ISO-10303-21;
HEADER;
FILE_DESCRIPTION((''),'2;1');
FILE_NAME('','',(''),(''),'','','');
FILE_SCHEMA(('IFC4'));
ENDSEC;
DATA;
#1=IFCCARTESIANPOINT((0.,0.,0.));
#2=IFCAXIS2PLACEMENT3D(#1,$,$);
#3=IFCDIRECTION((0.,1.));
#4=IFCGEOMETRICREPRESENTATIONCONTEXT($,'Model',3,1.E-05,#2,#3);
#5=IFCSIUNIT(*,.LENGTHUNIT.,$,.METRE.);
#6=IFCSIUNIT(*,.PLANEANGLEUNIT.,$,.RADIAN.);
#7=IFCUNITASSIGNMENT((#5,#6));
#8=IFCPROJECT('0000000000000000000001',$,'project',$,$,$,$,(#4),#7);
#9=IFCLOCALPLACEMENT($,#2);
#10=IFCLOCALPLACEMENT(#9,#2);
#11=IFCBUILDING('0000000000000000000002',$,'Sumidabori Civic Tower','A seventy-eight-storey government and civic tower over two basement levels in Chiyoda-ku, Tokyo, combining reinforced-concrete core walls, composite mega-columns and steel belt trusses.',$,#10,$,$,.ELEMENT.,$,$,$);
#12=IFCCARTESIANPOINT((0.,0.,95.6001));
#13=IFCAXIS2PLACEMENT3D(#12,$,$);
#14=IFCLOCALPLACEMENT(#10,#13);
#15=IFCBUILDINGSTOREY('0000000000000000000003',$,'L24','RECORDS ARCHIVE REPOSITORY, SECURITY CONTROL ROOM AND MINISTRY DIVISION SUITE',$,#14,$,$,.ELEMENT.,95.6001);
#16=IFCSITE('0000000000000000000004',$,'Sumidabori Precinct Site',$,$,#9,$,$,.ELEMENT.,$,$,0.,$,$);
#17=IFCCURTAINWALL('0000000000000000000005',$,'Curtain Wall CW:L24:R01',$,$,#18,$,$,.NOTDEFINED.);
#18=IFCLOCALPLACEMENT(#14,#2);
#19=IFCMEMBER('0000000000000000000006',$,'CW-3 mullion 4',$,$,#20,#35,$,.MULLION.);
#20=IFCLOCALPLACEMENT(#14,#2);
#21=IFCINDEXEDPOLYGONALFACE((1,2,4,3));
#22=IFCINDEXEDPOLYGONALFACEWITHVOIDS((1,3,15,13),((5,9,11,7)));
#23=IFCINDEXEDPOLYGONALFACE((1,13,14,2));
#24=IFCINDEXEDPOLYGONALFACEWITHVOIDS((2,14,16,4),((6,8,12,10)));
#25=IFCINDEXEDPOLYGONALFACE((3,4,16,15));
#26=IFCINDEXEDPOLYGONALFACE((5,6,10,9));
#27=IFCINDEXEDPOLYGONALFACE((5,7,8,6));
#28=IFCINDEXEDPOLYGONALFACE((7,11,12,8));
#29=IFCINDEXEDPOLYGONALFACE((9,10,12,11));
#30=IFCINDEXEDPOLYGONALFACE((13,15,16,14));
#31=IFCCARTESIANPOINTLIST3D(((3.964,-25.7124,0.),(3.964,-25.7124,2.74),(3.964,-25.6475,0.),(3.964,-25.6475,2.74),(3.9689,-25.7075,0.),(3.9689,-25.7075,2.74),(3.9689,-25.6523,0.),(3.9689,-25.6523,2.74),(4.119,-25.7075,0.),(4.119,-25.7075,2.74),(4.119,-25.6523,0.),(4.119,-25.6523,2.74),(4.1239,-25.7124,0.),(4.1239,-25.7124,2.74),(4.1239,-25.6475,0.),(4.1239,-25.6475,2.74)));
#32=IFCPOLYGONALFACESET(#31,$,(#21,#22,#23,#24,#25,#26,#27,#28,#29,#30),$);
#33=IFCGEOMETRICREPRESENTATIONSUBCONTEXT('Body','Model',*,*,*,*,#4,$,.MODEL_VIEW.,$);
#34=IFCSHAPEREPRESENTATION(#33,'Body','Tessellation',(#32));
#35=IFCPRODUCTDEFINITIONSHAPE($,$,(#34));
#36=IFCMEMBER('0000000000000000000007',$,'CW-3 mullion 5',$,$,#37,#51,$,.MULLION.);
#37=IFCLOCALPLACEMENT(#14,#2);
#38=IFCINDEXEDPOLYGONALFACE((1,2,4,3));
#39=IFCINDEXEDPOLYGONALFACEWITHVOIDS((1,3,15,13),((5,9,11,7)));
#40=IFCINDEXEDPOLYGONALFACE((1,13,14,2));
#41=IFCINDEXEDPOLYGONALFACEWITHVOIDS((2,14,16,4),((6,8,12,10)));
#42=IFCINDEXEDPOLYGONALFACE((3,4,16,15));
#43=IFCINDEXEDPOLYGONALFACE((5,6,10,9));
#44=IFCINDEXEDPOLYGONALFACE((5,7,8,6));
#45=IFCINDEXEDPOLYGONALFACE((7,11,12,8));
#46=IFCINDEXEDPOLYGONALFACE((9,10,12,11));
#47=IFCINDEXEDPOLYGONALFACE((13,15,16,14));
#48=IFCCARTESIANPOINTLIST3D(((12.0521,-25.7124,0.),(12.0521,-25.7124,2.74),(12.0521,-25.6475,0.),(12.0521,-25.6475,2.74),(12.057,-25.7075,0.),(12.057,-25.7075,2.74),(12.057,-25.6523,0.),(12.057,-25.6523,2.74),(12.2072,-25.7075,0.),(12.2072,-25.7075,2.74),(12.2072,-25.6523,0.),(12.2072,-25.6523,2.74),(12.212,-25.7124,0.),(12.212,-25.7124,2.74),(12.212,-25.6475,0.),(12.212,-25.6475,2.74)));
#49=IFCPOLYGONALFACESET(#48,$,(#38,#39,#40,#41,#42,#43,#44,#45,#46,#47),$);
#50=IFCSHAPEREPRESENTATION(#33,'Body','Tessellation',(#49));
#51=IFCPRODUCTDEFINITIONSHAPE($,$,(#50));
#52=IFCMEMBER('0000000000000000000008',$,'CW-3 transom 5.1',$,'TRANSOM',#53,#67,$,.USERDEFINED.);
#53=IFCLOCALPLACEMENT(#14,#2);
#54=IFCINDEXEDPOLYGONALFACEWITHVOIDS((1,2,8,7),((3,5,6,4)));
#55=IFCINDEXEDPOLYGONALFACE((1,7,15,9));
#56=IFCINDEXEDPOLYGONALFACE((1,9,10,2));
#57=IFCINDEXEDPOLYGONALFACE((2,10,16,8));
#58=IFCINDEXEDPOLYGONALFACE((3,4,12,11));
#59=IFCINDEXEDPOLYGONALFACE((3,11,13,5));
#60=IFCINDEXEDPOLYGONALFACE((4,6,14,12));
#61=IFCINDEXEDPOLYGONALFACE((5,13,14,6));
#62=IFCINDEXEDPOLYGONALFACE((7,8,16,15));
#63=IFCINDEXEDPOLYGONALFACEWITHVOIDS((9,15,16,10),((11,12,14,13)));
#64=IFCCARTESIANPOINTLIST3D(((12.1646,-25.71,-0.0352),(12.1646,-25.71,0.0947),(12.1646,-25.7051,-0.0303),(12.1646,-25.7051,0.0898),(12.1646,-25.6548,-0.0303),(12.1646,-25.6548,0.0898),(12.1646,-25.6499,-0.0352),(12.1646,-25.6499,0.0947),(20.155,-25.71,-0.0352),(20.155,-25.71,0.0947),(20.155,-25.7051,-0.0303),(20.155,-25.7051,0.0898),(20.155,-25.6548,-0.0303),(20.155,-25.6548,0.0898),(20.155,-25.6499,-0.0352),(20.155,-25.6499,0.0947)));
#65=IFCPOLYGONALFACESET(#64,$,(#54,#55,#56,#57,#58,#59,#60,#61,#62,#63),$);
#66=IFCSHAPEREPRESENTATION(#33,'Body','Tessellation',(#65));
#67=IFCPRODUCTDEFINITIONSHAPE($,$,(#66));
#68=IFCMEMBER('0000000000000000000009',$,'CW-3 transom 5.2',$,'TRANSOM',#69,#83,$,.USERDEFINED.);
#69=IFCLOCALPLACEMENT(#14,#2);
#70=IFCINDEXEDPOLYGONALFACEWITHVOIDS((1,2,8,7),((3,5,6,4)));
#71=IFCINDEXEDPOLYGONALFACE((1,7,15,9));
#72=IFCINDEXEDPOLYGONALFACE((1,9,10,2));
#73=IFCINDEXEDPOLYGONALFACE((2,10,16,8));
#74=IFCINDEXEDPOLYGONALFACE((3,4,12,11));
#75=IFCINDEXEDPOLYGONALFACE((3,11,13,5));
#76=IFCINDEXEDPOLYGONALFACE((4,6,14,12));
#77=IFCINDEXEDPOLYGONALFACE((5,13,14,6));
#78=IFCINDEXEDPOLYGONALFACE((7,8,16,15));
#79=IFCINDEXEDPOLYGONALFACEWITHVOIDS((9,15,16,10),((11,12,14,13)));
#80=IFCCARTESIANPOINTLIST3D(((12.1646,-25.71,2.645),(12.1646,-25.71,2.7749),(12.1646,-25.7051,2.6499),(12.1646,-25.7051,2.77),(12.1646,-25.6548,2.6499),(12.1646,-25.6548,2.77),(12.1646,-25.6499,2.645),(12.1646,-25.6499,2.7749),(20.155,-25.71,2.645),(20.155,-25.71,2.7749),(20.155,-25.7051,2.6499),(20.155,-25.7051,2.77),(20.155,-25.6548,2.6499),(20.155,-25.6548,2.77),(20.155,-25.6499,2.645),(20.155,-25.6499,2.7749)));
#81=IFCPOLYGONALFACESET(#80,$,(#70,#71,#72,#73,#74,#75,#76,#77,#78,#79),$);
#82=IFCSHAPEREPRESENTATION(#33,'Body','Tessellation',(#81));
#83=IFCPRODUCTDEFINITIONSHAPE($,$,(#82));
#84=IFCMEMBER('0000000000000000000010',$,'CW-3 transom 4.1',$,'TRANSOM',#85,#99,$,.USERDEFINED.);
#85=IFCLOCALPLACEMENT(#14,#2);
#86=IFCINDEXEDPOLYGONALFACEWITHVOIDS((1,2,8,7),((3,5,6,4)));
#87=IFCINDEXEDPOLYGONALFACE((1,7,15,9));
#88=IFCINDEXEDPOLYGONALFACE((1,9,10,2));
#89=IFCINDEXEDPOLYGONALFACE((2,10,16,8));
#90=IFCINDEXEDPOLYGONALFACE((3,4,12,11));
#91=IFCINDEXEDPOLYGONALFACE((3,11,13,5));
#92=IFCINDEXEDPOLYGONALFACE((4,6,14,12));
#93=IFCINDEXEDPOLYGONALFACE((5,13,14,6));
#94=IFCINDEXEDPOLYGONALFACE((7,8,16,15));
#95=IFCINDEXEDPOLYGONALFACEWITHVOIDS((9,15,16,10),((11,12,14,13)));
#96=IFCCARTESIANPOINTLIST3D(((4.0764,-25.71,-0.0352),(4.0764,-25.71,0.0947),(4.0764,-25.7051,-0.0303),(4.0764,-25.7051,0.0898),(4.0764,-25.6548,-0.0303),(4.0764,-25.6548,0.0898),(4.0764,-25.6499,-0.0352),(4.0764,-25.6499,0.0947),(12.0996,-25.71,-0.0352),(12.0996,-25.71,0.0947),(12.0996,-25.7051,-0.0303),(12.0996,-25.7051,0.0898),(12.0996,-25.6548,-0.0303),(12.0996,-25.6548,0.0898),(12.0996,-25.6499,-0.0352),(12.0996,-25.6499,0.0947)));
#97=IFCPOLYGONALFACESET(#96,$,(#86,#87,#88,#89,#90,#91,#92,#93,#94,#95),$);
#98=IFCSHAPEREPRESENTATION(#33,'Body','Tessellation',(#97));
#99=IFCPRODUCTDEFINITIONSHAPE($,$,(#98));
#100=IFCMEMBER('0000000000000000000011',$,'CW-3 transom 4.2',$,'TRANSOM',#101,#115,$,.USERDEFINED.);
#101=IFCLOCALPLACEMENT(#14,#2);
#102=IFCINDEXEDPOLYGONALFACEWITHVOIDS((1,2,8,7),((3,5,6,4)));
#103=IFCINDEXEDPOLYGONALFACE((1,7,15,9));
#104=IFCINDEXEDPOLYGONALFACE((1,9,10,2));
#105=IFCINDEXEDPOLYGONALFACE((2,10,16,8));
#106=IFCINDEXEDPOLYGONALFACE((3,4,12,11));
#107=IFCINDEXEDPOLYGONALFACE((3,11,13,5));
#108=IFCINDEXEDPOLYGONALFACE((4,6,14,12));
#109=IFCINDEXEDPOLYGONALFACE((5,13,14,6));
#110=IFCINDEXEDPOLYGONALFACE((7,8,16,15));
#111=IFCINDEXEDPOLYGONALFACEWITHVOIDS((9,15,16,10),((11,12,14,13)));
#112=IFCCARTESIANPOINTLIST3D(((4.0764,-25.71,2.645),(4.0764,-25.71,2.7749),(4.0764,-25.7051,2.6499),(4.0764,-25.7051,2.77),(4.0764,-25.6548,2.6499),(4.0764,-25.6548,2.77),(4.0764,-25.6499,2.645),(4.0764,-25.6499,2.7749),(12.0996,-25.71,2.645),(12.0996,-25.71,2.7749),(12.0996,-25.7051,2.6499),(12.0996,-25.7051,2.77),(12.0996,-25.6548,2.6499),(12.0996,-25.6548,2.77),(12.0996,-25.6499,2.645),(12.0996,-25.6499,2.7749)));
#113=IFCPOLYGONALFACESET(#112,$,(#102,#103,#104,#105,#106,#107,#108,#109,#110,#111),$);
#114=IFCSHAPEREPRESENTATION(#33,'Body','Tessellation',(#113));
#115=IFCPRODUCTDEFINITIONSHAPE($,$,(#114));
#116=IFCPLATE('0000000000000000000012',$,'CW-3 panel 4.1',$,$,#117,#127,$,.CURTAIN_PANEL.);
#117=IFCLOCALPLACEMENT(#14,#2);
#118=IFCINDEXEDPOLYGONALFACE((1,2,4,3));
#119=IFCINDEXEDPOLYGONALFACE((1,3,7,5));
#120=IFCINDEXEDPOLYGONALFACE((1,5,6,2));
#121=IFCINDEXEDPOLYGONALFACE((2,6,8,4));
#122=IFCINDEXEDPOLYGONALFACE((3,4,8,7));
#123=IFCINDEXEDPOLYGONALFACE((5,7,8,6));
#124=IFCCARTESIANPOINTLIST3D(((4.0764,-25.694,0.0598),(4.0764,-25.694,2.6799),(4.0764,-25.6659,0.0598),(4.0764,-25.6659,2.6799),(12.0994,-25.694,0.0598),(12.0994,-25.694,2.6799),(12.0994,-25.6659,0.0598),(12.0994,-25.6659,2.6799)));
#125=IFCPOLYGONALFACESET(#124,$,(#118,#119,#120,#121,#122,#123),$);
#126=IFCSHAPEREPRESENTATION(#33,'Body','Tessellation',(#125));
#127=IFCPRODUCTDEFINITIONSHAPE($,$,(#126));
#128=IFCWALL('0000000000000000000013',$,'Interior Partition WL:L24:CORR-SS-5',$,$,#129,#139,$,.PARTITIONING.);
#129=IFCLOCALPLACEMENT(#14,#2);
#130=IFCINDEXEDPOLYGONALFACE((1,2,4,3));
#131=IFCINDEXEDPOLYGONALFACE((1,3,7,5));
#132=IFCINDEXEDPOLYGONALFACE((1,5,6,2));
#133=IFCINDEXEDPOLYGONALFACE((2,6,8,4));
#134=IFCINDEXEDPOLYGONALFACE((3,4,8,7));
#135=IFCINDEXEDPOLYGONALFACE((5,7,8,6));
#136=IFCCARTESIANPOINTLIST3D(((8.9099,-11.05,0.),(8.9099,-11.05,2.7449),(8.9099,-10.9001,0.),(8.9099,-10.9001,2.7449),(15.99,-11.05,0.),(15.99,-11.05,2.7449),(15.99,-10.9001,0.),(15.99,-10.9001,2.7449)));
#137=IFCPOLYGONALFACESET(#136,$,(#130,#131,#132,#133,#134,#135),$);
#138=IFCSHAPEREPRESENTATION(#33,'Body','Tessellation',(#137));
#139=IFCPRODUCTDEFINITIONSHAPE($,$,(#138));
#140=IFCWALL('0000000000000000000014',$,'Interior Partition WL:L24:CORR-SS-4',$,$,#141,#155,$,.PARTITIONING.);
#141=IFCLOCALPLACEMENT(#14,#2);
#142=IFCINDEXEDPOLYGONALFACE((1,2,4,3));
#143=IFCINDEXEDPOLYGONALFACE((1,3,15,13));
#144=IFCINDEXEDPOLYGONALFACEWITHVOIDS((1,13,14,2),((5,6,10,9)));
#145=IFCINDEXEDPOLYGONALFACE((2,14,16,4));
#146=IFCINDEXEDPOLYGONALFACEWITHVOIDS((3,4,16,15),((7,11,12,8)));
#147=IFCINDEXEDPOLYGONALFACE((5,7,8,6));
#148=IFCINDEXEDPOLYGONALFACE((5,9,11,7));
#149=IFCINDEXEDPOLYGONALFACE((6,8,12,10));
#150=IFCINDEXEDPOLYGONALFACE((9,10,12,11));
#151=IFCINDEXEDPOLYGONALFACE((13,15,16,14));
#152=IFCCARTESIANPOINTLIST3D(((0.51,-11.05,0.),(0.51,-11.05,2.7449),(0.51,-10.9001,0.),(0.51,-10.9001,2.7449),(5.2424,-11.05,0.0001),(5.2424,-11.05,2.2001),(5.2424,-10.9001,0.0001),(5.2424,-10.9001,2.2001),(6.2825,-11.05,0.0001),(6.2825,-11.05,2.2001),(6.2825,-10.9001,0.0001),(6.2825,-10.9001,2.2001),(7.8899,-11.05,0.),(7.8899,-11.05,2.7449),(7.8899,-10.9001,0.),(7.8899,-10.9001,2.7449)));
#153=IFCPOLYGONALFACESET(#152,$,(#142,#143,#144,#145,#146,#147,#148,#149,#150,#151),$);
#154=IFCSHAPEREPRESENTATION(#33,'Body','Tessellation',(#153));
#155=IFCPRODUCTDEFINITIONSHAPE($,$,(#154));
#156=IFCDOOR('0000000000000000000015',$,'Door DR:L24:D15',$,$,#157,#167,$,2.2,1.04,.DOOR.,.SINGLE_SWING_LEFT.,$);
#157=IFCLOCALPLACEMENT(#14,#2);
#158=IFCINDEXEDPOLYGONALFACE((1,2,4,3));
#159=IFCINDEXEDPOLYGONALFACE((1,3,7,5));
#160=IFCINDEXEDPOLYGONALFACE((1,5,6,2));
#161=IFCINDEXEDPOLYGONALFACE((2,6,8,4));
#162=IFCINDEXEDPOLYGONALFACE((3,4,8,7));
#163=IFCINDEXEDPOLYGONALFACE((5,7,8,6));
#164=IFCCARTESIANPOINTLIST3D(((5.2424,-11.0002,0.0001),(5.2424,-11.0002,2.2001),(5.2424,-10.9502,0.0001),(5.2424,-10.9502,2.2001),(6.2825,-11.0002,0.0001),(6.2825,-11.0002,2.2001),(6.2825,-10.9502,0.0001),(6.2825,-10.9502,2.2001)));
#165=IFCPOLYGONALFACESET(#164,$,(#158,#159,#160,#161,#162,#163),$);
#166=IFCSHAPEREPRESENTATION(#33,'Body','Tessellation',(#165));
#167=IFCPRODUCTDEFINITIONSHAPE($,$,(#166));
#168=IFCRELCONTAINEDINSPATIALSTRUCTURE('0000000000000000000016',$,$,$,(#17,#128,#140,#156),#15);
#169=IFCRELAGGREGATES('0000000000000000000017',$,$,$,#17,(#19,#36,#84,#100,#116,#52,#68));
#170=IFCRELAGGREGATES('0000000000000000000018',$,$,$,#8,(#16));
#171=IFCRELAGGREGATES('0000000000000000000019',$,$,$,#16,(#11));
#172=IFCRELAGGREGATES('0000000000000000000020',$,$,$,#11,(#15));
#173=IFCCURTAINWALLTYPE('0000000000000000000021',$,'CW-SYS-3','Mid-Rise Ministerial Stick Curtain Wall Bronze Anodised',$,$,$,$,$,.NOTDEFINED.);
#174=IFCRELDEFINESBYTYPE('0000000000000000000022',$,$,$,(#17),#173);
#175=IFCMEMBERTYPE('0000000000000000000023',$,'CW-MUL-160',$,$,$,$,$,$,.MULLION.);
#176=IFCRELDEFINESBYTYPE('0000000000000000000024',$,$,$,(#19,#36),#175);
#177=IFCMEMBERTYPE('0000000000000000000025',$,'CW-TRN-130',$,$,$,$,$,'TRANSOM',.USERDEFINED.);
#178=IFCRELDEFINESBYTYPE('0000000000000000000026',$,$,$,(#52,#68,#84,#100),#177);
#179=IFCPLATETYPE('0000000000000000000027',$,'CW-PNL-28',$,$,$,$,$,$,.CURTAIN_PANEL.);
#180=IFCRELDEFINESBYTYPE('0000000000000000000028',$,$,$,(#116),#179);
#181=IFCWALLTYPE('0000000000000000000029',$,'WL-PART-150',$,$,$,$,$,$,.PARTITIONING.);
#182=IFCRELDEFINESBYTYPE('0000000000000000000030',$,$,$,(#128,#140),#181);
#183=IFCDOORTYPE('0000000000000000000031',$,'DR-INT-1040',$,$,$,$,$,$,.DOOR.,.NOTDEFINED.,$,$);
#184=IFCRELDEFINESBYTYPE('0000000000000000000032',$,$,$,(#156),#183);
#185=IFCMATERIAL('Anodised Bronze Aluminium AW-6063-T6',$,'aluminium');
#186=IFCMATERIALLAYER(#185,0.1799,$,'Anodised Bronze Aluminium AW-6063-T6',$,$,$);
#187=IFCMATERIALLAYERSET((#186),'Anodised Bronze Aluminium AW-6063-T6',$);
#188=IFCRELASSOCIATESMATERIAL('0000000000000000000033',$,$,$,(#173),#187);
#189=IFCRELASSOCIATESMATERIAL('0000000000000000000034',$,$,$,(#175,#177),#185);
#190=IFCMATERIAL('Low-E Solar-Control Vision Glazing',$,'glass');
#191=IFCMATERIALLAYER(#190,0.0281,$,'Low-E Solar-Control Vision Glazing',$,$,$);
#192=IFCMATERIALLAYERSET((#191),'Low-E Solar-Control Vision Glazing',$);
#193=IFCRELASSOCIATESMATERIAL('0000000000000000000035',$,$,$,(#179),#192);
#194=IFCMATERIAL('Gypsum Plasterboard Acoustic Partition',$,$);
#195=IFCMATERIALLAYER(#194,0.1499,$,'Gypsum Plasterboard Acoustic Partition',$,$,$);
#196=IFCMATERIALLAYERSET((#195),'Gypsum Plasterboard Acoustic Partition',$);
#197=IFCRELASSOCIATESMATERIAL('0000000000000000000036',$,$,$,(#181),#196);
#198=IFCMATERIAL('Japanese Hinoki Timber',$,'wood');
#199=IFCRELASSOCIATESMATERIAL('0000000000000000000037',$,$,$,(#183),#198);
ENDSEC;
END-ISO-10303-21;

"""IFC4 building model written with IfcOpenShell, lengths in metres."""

from ifc_helpers import new_model, si_unit, direction, frame, frame_2d, origin, origin_2d, place, context, subcontext, project, spatial, rectangle, hollow_rectangle, extrude, source, transform, mapped, material, layer, layer_set, material_profile, profile_set, type_object, element, fill, aggregate, save


model = new_model("IFC4")

# Units and contexts
model_context = context("Model", 3, precision=1e-05, world=origin(), true_north=direction((0.0, 1.0)))
body_context = subcontext(model_context, "Body", "Model", "MODEL_VIEW")
ifc_project = project(units=[si_unit("LENGTHUNIT", "METRE"), si_unit("PLANEANGLEUNIT", "RADIAN")], contexts=[model_context])

# Site, building, storey
site_placement = place(None, origin())
site = spatial("IfcSite", under=ifc_project, at=site_placement, Name="Sumidabori Precinct Site", CompositionType="ELEMENT", RefElevation=0.0)
building_placement = place(site_placement, origin())
building = spatial("IfcBuilding", under=site, at=building_placement, Name="Sumidabori Civic Tower", Description="A seventy-eight-storey government and civic tower over two basement levels in Chiyoda-ku, Tokyo, combining reinforced-concrete core walls, composite mega-columns and steel belt trusses.", CompositionType="ELEMENT")
storey_placement = place(building_placement, frame((0.0, 0.0, 95.6001)))
storey = spatial("IfcBuildingStorey", under=building, at=storey_placement, Name="L24", Description="RECORDS ARCHIVE REPOSITORY, SECURITY CONTROL ROOM AND MINISTRY DIVISION SUITE", CompositionType="ELEMENT", Elevation=95.6001)

# Curtain wall, members, plate
ifc_material_1 = material(Name="Anodised Bronze Aluminium AW-6063-T6", Category="aluminium")
ifc_layer_1 = layer(ifc_material_1, 0.1799, Name="Anodised Bronze Aluminium AW-6063-T6")
ifc_layer_set_1 = layer_set([ifc_layer_1], Name="Anodised Bronze Aluminium AW-6063-T6")
curtain_wall_type = type_object("IfcCurtainWallType", Name="CW-SYS-3", Description="Mid-Rise Ministerial Stick Curtain Wall Bronze Anodised", PredefinedType="NOTDEFINED", material=ifc_layer_set_1)
curtain_wall_placement = place(storey_placement, origin())
curtain_wall = element("IfcCurtainWall", 1, at=curtain_wall_placement, inside=storey, type_object=curtain_wall_type, Name="Curtain Wall CW:L24:R01", PredefinedType="NOTDEFINED")
ifc_material_profile_1 = material_profile(ifc_material_1, hollow_rectangle(XDim=0.0649, YDim=0.1599, WallThickness=0.0049, at=origin_2d()), Name="ALU MULLION 160x65")
ifc_profile_set_1 = profile_set([ifc_material_profile_1], Name="Anodised Bronze Aluminium AW-6063-T6")
member_type_1 = type_object("IfcMemberType", Name="CW-MUL-160", PredefinedType="MULLION", material=ifc_profile_set_1)
shared_shape_1 = source(origin(), body_context, "Body", "SweptSolid", [
    extrude(hollow_rectangle(XDim=0.0649, YDim=0.1599, WallThickness=0.0049, at=origin_2d()), origin(), (0.0, 0.0, 1.0), 2.74),
])
member_1_placement = place(storey_placement, frame((4.0439, -25.6799, 0.0), z_axis=(0.0, 0.0, 1.0), x_axis=(0.0, 1.0, 0.0)))
member_1 = element("IfcMember", 2, at=member_1_placement, type_object=member_type_1, Name="CW-3 mullion 4", PredefinedType="MULLION", context=body_context, shape_type="MappedRepresentation", body=[
    mapped(shared_shape_1, transform((0.0, 0.0, 0.0), x_axis=(1.0, 0.0, 0.0), y_axis=(0.0, 1.0, 0.0), z_axis=(0.0, 0.0, 1.0), scale=1.0)),
])
member_2_placement = place(storey_placement, frame((12.1321, -25.6799, 0.0), z_axis=(0.0, 0.0, 1.0), x_axis=(0.0, 1.0, 0.0)))
member_2 = element("IfcMember", 3, at=member_2_placement, type_object=member_type_1, Name="CW-3 mullion 5", PredefinedType="MULLION", context=body_context, shape_type="MappedRepresentation", body=[
    mapped(shared_shape_1, transform((0.0, 0.0, 0.0), x_axis=(1.0, 0.0, 0.0), y_axis=(0.0, 1.0, 0.0), z_axis=(0.0, 0.0, 1.0), scale=1.0)),
])
ifc_material_profile_2 = material_profile(ifc_material_1, hollow_rectangle(XDim=0.0601, YDim=0.1299, WallThickness=0.0049, at=origin_2d()), Name="ALU TRANSOM 130x60")
ifc_profile_set_2 = profile_set([ifc_material_profile_2], Name="Anodised Bronze Aluminium AW-6063-T6")
member_type_2 = type_object("IfcMemberType", Name="CW-TRN-130", ElementType="TRANSOM", PredefinedType="USERDEFINED", material=ifc_profile_set_2)
shared_shape_2 = source(origin(), body_context, "Body", "SweptSolid", [
    extrude(hollow_rectangle(XDim=0.0601, YDim=0.1299, WallThickness=0.0049, at=origin_2d()), origin(), (0.0, 0.0, 1.0), 7.9905),
])
member_3_placement = place(storey_placement, frame((12.1646, -25.6799, 0.0298), z_axis=(1.0, 0.0, 0.0), x_axis=(0.0, 1.0, 0.0)))
member_3 = element("IfcMember", 4, at=member_3_placement, type_object=member_type_2, Name="CW-3 transom 5.1", ObjectType="TRANSOM", PredefinedType="USERDEFINED", context=body_context, shape_type="MappedRepresentation", body=[
    mapped(shared_shape_2, transform((0.0, 0.0, 0.0), x_axis=(1.0, 0.0, 0.0), y_axis=(0.0, 1.0, 0.0), z_axis=(0.0, 0.0, 1.0), scale=1.0)),
])
member_4_placement = place(storey_placement, frame((12.1646, -25.6799, 2.71), z_axis=(1.0, 0.0, 0.0), x_axis=(0.0, 1.0, 0.0)))
member_4 = element("IfcMember", 5, at=member_4_placement, type_object=member_type_2, Name="CW-3 transom 5.2", ObjectType="TRANSOM", PredefinedType="USERDEFINED", context=body_context, shape_type="MappedRepresentation", body=[
    mapped(shared_shape_2, transform((0.0, 0.0, 0.0), x_axis=(1.0, 0.0, 0.0), y_axis=(0.0, 1.0, 0.0), z_axis=(0.0, 0.0, 1.0), scale=1.0)),
])
shared_shape_3 = source(origin(), body_context, "Body", "SweptSolid", [
    extrude(hollow_rectangle(XDim=0.0601, YDim=0.1299, WallThickness=0.0049, at=origin_2d()), origin(), (0.0, 0.0, 1.0), 8.0232),
])
member_5_placement = place(storey_placement, frame((4.0764, -25.6799, 0.0298), z_axis=(1.0, 0.0, 0.0), x_axis=(0.0, 1.0, 0.0)))
member_5 = element("IfcMember", 6, at=member_5_placement, type_object=member_type_2, Name="CW-3 transom 4.1", ObjectType="TRANSOM", PredefinedType="USERDEFINED", context=body_context, shape_type="MappedRepresentation", body=[
    mapped(shared_shape_3, transform((0.0, 0.0, 0.0), x_axis=(1.0, 0.0, 0.0), y_axis=(0.0, 1.0, 0.0), z_axis=(0.0, 0.0, 1.0), scale=1.0)),
])
member_6_placement = place(storey_placement, frame((4.0764, -25.6799, 2.71), z_axis=(1.0, 0.0, 0.0), x_axis=(0.0, 1.0, 0.0)))
member_6 = element("IfcMember", 7, at=member_6_placement, type_object=member_type_2, Name="CW-3 transom 4.2", ObjectType="TRANSOM", PredefinedType="USERDEFINED", context=body_context, shape_type="MappedRepresentation", body=[
    mapped(shared_shape_3, transform((0.0, 0.0, 0.0), x_axis=(1.0, 0.0, 0.0), y_axis=(0.0, 1.0, 0.0), z_axis=(0.0, 0.0, 1.0), scale=1.0)),
])
ifc_material_2 = material(Name="Low-E Solar-Control Vision Glazing", Category="glass")
ifc_layer_2 = layer(ifc_material_2, 0.0281, Name="Low-E Solar-Control Vision Glazing")
ifc_layer_set_2 = layer_set([ifc_layer_2], Name="Low-E Solar-Control Vision Glazing")
plate_type = type_object("IfcPlateType", Name="CW-PNL-28", PredefinedType="CURTAIN_PANEL", material=ifc_layer_set_2)
shared_shape_4 = source(origin(), body_context, "Body", "SweptSolid", [
    extrude(rectangle(XDim=8.0229, YDim=0.0281, at=origin_2d()), origin(), (0.0, 0.0, 1.0), 2.6201),
])
plate_placement = place(storey_placement, frame((8.0879, -25.6799, 0.0598), z_axis=(0.0, 0.0, 1.0), x_axis=(1.0, 0.0, 0.0)))
plate = element("IfcPlate", 8, at=plate_placement, type_object=plate_type, Name="CW-3 panel 4.1", PredefinedType="CURTAIN_PANEL", context=body_context, shape_type="MappedRepresentation", body=[
    mapped(shared_shape_4, transform((0.0, 0.0, 0.0), x_axis=(1.0, 0.0, 0.0), y_axis=(0.0, 1.0, 0.0), z_axis=(0.0, 0.0, 1.0), scale=1.0)),
])
aggregate(curtain_wall, [member_1, member_2, member_5, member_6, plate, member_3, member_4])

# Wall
ifc_material_3 = material(Name="Gypsum Plasterboard Acoustic Partition")
ifc_layer_3 = layer(ifc_material_3, 0.1499, Name="Gypsum Plasterboard Acoustic Partition")
ifc_layer_set_3 = layer_set([ifc_layer_3], Name="Gypsum Plasterboard Acoustic Partition")
wall_type = type_object("IfcWallType", Name="WL-PART-150", PredefinedType="PARTITIONING", material=ifc_layer_set_3)
shared_shape_5 = source(origin(), body_context, "Body", "SweptSolid", [
    extrude(rectangle(XDim=7.0801, YDim=0.1499, at=frame_2d((3.54, 0.0))), origin(), (0.0, 0.0, 1.0), 2.7449),
])
wall_1_placement = place(storey_placement, frame((8.9099, -10.9751, 0.0), z_axis=(0.0, 0.0, 1.0), x_axis=(1.0, 0.0, 0.0)))
element("IfcWall", 9, at=wall_1_placement, inside=storey, type_object=wall_type, Name="Interior Partition WL:L24:CORR-SS-5", PredefinedType="PARTITIONING", context=body_context, shape_type="MappedRepresentation", body=[
    mapped(shared_shape_5, transform((0.0, 0.0, 0.0), x_axis=(1.0, 0.0, 0.0), y_axis=(0.0, 1.0, 0.0), z_axis=(0.0, 0.0, 1.0), scale=1.0)),
])

# Wall, opening, door
shared_shape_6 = source(origin(), body_context, "Body", "SweptSolid", [
    extrude(rectangle(XDim=7.3799, YDim=0.1499, at=frame_2d((3.6899, 0.0))), origin(), (0.0, 0.0, 1.0), 2.7449),
])
wall_2_placement = place(storey_placement, frame((0.51, -10.9751, 0.0), z_axis=(0.0, 0.0, 1.0), x_axis=(1.0, 0.0, 0.0)))
wall_2 = element("IfcWall", 10, at=wall_2_placement, inside=storey, type_object=wall_type, Name="Interior Partition WL:L24:CORR-SS-4", PredefinedType="PARTITIONING", context=body_context, shape_type="MappedRepresentation", body=[
    mapped(shared_shape_6, transform((0.0, 0.0, 0.0), x_axis=(1.0, 0.0, 0.0), y_axis=(0.0, 1.0, 0.0), z_axis=(0.0, 0.0, 1.0), scale=1.0)),
])
opening_placement = place(wall_2_placement, frame((4.7324, 0.0, 0.0)))
opening = element("IfcOpeningElement", 11, at=opening_placement, cuts=wall_2, PredefinedType="OPENING", context=body_context, shape_type="SweptSolid", body=[
    extrude(rectangle(XDim=1.04, YDim=2.2, at=frame_2d((0.52, 1.1001))), frame((0.0, 0.0869, 0.0), z_axis=(0.0, -1.0, 0.0), x_axis=(1.0, 0.0, 0.0)), (0.0, 0.0, 1.0), 0.1738),
])
ifc_material_4 = material(Name="Japanese Hinoki Timber", Category="wood")
door_type = type_object("IfcDoorType", Name="DR-INT-1040", OperationType="NOTDEFINED", PredefinedType="DOOR", material=ifc_material_4)
shared_shape_7 = source(origin(), body_context, "Body", "SweptSolid", [
    extrude(rectangle(XDim=1.04, YDim=2.2, at=frame_2d((0.52, 1.1001))), frame((0.0, 0.0249, 0.0), z_axis=(0.0, -1.0, 0.0), x_axis=(1.0, 0.0, 0.0)), (0.0, 0.0, 1.0), 0.05),
])
door_placement = place(opening_placement, origin())
door = element("IfcDoor", 12, at=door_placement, inside=storey, type_object=door_type, Name="Door DR:L24:D15", OperationType="SINGLE_SWING_LEFT", OverallHeight=2.2, OverallWidth=1.04, PredefinedType="DOOR", context=body_context, shape_type="MappedRepresentation", body=[
    mapped(shared_shape_7, transform((0.0, 0.0, 0.0), x_axis=(1.0, 0.0, 0.0), y_axis=(0.0, 1.0, 0.0), z_axis=(0.0, 0.0, 1.0), scale=1.0)),
])
fill(opening, door)

save(model, "model.ifc")
